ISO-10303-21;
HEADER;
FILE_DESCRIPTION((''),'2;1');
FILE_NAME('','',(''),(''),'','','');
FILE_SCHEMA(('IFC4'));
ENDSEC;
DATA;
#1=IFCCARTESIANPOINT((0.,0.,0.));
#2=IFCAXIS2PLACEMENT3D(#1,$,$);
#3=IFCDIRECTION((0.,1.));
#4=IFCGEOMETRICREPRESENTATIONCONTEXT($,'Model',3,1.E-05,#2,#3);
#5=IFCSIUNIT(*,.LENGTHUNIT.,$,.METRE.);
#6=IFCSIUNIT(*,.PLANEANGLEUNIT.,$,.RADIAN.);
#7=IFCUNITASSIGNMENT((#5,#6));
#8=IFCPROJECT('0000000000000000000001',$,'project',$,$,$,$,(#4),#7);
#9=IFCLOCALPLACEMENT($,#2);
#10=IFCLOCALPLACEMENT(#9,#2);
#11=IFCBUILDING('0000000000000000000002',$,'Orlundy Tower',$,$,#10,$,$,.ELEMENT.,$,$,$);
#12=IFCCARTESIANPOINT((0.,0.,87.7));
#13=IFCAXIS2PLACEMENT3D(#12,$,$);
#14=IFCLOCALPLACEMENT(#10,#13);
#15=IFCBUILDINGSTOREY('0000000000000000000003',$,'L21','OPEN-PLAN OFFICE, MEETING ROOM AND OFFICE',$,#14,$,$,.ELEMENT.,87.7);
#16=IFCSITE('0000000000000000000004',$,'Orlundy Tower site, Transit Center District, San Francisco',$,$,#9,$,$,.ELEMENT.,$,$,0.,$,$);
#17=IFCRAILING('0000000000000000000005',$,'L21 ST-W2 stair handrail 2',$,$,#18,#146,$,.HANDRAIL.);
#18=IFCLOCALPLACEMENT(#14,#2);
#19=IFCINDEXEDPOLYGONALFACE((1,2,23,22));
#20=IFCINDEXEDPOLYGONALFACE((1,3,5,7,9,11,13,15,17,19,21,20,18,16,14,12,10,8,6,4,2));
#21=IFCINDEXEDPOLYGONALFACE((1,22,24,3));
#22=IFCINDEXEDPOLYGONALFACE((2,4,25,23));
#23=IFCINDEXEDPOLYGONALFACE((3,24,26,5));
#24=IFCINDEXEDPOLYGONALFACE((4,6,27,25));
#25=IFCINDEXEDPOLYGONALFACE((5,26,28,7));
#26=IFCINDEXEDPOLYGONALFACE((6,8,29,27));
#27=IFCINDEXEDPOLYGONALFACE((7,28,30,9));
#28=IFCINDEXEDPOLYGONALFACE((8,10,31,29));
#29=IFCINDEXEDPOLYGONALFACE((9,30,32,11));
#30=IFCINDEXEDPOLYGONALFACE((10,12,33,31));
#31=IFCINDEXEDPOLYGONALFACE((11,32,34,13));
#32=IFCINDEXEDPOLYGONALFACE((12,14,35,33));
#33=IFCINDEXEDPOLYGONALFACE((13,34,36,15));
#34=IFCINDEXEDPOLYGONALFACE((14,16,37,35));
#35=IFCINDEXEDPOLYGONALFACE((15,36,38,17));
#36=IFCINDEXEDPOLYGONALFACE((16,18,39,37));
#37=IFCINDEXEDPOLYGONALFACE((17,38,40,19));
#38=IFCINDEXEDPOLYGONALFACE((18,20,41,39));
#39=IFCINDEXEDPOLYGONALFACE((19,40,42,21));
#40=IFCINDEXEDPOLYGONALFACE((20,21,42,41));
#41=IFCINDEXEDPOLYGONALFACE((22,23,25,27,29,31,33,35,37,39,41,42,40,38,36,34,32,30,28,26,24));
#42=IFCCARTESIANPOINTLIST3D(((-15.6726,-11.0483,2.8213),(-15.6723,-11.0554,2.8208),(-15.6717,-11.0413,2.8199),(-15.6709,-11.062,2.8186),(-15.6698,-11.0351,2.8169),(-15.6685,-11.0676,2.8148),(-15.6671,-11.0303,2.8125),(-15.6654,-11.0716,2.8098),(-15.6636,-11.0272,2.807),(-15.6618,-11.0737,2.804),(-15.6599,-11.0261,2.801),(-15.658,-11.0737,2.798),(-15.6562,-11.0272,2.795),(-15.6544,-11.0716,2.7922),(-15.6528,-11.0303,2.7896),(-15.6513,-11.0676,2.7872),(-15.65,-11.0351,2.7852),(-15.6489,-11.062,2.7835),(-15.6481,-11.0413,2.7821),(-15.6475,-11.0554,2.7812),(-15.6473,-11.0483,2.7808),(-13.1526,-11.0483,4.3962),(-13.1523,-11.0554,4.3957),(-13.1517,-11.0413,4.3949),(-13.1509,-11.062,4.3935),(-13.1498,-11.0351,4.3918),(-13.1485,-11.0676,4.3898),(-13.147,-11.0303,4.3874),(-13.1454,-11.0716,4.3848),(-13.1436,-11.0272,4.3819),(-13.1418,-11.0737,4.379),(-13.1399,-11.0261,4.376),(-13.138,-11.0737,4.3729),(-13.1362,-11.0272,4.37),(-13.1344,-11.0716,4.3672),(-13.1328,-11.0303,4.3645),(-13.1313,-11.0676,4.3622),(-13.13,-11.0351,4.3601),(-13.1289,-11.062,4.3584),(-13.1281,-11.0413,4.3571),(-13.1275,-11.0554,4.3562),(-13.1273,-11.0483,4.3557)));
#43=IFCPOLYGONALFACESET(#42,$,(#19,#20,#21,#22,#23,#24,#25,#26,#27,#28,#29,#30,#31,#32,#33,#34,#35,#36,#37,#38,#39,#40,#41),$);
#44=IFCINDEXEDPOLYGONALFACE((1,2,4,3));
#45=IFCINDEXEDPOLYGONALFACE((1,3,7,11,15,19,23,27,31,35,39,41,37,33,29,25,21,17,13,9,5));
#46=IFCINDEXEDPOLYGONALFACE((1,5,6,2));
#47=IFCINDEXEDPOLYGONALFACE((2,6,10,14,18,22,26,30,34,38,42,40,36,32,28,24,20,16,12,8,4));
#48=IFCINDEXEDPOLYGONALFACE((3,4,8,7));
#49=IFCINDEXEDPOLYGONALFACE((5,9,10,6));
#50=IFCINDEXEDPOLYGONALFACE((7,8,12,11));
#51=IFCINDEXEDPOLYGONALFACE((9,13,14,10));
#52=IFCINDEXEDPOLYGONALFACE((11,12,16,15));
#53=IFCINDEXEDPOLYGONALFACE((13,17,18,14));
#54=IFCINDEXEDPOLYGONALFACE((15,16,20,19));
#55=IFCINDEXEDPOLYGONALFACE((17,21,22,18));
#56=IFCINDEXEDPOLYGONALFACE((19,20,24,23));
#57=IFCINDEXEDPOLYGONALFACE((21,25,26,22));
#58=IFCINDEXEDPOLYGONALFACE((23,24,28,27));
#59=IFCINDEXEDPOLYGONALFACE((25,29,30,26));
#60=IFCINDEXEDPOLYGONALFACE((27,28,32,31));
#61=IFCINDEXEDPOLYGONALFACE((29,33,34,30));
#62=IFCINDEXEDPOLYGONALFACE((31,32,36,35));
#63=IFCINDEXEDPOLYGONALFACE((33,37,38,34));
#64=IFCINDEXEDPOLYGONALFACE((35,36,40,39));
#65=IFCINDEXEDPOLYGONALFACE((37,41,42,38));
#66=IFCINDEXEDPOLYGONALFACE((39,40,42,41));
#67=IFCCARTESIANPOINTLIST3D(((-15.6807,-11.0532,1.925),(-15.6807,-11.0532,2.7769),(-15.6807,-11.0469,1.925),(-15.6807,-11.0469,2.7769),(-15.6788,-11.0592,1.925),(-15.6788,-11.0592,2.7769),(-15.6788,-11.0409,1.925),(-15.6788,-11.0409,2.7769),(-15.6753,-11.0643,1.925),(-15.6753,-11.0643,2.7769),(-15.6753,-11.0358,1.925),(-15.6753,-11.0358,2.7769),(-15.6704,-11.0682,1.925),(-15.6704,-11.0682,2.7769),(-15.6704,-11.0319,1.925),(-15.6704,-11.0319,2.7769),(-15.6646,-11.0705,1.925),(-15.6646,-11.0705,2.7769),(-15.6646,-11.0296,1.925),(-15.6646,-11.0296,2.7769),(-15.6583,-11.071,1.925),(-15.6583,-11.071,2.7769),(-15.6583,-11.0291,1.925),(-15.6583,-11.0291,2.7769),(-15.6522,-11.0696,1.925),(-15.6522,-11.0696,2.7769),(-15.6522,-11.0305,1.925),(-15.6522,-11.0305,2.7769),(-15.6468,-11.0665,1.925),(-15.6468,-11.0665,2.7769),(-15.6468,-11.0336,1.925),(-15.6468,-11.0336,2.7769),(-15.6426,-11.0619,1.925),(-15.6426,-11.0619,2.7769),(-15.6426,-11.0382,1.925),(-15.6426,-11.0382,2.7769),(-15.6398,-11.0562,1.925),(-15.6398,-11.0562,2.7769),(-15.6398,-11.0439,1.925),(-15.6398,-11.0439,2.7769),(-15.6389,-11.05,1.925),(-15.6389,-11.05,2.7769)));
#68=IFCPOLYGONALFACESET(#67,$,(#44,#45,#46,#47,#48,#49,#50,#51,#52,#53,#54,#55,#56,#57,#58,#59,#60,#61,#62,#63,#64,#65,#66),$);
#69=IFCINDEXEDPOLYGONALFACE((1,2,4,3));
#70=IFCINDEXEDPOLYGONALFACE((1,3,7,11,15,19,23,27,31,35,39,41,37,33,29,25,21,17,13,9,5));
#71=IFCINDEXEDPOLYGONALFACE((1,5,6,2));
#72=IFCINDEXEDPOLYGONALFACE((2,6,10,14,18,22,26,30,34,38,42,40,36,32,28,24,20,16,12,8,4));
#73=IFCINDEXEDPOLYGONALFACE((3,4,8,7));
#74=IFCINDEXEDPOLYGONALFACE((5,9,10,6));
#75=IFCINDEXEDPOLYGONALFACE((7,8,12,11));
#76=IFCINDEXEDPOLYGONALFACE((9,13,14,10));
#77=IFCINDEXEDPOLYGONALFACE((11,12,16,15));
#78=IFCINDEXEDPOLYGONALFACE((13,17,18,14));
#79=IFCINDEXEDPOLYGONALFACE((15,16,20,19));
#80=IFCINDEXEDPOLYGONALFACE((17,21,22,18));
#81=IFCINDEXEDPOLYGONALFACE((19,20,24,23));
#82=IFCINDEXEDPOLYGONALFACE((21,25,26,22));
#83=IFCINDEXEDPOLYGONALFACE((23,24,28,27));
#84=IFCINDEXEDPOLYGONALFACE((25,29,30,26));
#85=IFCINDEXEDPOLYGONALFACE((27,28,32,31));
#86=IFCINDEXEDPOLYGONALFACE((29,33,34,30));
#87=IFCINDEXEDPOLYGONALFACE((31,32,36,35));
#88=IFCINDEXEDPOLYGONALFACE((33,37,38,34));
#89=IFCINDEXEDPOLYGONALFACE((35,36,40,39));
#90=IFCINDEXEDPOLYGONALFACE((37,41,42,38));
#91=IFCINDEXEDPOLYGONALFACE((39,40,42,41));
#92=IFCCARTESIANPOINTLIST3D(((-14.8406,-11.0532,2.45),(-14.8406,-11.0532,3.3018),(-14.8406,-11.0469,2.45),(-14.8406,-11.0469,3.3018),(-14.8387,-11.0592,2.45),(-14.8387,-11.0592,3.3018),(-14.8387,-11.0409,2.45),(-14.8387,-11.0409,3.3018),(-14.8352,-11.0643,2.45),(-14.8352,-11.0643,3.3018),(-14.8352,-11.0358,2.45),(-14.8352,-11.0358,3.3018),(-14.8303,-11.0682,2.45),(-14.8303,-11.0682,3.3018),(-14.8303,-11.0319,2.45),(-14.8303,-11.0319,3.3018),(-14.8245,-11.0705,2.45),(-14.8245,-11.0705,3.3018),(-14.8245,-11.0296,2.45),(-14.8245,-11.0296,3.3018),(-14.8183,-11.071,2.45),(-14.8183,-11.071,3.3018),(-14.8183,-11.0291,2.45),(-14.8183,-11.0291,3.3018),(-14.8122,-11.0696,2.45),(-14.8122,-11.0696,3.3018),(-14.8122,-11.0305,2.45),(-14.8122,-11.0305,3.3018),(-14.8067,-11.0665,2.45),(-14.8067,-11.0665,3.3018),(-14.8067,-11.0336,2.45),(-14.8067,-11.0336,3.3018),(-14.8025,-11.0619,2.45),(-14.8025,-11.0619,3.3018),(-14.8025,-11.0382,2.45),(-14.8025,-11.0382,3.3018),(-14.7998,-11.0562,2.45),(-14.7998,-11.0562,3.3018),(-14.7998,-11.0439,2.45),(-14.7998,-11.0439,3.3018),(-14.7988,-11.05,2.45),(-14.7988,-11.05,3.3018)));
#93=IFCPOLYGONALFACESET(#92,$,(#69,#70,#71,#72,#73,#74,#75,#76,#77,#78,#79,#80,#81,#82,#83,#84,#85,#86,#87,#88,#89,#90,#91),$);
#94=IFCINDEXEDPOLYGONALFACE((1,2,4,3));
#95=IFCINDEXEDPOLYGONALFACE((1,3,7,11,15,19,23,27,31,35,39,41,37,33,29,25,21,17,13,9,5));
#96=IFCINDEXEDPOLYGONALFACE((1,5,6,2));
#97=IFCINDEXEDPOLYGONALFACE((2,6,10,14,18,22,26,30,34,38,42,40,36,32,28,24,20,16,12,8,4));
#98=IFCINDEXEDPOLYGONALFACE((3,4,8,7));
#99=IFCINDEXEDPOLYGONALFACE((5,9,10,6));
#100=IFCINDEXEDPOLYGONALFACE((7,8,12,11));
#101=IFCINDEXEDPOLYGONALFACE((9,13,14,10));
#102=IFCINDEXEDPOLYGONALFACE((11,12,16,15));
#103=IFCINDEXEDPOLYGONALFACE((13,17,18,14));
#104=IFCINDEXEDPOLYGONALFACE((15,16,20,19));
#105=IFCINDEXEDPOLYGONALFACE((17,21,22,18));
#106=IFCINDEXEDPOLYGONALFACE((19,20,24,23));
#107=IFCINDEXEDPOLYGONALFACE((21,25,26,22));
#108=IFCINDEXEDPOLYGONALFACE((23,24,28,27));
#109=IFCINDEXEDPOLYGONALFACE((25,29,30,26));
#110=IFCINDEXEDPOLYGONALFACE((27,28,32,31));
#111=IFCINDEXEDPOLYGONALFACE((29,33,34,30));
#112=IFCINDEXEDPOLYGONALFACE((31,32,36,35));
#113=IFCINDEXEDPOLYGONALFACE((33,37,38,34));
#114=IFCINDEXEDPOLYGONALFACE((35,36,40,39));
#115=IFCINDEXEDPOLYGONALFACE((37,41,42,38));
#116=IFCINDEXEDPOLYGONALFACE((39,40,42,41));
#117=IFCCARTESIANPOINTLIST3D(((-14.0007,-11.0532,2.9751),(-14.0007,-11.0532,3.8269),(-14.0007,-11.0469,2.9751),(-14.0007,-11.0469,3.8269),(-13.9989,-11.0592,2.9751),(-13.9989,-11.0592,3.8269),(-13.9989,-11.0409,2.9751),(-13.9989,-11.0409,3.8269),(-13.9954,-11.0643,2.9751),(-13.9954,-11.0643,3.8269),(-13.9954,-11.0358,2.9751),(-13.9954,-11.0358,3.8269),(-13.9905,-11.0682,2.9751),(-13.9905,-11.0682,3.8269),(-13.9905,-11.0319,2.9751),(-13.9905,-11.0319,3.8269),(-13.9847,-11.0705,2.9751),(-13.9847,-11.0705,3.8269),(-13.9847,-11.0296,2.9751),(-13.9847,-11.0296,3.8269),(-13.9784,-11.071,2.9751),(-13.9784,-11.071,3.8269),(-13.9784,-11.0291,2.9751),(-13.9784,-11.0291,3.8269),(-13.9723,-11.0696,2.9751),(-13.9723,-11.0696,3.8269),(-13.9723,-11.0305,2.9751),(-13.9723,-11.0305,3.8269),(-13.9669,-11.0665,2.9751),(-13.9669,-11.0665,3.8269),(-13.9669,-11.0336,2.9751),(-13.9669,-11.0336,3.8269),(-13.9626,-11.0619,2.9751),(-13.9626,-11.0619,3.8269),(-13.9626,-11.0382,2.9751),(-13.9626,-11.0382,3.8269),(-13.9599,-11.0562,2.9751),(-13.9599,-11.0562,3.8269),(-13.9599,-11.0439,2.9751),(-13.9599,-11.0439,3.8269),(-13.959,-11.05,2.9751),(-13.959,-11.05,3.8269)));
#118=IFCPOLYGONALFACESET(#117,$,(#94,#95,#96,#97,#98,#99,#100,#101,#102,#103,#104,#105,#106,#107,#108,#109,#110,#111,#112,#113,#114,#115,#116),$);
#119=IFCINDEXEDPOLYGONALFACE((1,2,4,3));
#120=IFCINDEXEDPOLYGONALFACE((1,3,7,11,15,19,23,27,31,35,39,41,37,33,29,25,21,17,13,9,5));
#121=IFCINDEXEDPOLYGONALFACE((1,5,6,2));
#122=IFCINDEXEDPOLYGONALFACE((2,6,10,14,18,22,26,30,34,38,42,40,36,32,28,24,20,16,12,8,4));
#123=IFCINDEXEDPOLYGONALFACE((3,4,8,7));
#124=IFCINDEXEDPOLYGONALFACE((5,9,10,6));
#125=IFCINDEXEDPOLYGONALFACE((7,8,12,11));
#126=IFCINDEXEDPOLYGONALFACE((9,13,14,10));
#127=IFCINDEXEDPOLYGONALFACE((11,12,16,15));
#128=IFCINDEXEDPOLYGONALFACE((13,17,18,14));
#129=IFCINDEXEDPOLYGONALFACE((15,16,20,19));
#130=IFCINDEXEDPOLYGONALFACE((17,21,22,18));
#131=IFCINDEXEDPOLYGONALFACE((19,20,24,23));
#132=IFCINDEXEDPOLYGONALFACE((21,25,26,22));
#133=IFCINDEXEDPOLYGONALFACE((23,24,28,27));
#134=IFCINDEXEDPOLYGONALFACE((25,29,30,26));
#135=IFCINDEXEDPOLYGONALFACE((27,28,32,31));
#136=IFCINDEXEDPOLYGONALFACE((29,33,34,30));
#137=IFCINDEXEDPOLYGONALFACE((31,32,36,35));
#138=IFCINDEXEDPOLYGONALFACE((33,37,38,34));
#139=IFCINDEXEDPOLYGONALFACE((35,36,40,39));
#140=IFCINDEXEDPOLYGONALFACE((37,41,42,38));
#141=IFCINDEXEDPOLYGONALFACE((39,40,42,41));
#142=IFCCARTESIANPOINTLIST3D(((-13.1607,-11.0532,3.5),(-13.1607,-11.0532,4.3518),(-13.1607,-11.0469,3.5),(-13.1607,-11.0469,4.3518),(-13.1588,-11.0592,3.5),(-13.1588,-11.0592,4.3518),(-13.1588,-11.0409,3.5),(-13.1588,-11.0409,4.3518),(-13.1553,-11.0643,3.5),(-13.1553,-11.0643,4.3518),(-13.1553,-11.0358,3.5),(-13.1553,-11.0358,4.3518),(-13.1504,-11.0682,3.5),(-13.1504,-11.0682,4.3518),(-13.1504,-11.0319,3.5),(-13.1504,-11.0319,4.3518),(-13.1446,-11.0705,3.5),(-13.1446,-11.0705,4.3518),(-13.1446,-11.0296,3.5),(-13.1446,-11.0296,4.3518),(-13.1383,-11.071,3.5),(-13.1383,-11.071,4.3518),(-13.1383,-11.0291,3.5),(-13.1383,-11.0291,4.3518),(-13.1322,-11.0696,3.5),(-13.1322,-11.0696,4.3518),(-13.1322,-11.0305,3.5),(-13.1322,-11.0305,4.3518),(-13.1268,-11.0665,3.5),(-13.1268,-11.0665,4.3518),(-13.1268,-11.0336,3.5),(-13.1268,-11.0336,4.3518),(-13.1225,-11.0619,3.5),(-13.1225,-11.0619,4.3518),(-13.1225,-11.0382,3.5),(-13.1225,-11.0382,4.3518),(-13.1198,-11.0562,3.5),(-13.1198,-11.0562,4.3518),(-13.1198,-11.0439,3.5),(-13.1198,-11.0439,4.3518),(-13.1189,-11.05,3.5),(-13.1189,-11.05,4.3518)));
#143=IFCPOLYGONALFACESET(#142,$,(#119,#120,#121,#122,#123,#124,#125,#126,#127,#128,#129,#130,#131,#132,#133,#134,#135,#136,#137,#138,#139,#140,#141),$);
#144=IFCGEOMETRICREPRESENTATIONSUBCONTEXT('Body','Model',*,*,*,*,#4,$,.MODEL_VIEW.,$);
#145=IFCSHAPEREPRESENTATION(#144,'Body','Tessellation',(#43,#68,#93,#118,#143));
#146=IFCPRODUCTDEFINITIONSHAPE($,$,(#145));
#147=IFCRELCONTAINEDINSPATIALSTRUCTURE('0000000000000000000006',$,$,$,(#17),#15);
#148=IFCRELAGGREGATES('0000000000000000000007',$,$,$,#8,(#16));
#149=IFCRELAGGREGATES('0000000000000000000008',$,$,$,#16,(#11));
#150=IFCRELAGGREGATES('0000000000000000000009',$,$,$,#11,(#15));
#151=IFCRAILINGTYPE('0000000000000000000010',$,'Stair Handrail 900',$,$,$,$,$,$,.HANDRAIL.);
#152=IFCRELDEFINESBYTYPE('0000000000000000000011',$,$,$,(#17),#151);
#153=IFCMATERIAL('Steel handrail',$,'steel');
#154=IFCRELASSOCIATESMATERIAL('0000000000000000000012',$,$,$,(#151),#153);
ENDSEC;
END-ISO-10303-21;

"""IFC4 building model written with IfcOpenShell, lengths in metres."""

from ifc_helpers import new_model, si_unit, direction, frame, origin, origin_2d, place, context, subcontext, project, spatial, circle, extrude, material, type_object, element, save


model = new_model("IFC4")

# Units and contexts
model_context = context("Model", 3, precision=1e-05, world=origin(), true_north=direction((0.0, 1.0)))
body_context = subcontext(model_context, "Body", "Model", "MODEL_VIEW")
ifc_project = project(units=[si_unit("LENGTHUNIT", "METRE"), si_unit("PLANEANGLEUNIT", "RADIAN")], contexts=[model_context])

# Site, building, storey
site_placement = place(None, origin())
site = spatial("IfcSite", under=ifc_project, at=site_placement, Name="Orlundy Tower site, Transit Center District, San Francisco", CompositionType="ELEMENT", RefElevation=0.0)
building_placement = place(site_placement, origin())
building = spatial("IfcBuilding", under=site, at=building_placement, Name="Orlundy Tower", CompositionType="ELEMENT")
storey_placement = place(building_placement, frame((0.0, 0.0, 87.7)))
storey = spatial("IfcBuildingStorey", under=building, at=storey_placement, Name="L21", Description="OPEN-PLAN OFFICE, MEETING ROOM AND OFFICE", CompositionType="ELEMENT", Elevation=87.7)

# Railing
ifc_material_1 = material(Name="Steel handrail", Category="steel")
railing_type_1 = type_object("IfcRailingType", Name="Stair Handrail 900", PredefinedType="HANDRAIL", material=ifc_material_1)
railing_1_placement = place(storey_placement, frame((-15.6599, -11.05, 1.925)))
element("IfcRailing", 1, at=railing_1_placement, inside=storey, type_object=railing_type_1, Name="L21 ST-W2 stair handrail 2", PredefinedType="HANDRAIL", context=body_context, shape_type="SweptSolid", body=[
    extrude(circle(Radius=0.0239, at=origin_2d()), frame((0.0, 0.0, 0.876), z_axis=(0.848008, 0.0, 0.529984), x_axis=(0.0, 1.0, 0.0)), (0.0, 0.0, 1.0), 2.9717),
    extrude(circle(Radius=0.021, at=origin_2d()), origin(), (0.0, 0.0, 1.0), 0.8518),
    extrude(circle(Radius=0.021, at=origin_2d()), frame((0.8401, 0.0, 0.5249)), (0.0, 0.0, 1.0), 0.8518),
    extrude(circle(Radius=0.021, at=origin_2d()), frame((1.6799, 0.0, 1.05)), (0.0, 0.0, 1.0), 0.8518),
    extrude(circle(Radius=0.021, at=origin_2d()), frame((2.52, 0.0, 1.575)), (0.0, 0.0, 1.0), 0.8518),
])

save(model, "model.ifc")
